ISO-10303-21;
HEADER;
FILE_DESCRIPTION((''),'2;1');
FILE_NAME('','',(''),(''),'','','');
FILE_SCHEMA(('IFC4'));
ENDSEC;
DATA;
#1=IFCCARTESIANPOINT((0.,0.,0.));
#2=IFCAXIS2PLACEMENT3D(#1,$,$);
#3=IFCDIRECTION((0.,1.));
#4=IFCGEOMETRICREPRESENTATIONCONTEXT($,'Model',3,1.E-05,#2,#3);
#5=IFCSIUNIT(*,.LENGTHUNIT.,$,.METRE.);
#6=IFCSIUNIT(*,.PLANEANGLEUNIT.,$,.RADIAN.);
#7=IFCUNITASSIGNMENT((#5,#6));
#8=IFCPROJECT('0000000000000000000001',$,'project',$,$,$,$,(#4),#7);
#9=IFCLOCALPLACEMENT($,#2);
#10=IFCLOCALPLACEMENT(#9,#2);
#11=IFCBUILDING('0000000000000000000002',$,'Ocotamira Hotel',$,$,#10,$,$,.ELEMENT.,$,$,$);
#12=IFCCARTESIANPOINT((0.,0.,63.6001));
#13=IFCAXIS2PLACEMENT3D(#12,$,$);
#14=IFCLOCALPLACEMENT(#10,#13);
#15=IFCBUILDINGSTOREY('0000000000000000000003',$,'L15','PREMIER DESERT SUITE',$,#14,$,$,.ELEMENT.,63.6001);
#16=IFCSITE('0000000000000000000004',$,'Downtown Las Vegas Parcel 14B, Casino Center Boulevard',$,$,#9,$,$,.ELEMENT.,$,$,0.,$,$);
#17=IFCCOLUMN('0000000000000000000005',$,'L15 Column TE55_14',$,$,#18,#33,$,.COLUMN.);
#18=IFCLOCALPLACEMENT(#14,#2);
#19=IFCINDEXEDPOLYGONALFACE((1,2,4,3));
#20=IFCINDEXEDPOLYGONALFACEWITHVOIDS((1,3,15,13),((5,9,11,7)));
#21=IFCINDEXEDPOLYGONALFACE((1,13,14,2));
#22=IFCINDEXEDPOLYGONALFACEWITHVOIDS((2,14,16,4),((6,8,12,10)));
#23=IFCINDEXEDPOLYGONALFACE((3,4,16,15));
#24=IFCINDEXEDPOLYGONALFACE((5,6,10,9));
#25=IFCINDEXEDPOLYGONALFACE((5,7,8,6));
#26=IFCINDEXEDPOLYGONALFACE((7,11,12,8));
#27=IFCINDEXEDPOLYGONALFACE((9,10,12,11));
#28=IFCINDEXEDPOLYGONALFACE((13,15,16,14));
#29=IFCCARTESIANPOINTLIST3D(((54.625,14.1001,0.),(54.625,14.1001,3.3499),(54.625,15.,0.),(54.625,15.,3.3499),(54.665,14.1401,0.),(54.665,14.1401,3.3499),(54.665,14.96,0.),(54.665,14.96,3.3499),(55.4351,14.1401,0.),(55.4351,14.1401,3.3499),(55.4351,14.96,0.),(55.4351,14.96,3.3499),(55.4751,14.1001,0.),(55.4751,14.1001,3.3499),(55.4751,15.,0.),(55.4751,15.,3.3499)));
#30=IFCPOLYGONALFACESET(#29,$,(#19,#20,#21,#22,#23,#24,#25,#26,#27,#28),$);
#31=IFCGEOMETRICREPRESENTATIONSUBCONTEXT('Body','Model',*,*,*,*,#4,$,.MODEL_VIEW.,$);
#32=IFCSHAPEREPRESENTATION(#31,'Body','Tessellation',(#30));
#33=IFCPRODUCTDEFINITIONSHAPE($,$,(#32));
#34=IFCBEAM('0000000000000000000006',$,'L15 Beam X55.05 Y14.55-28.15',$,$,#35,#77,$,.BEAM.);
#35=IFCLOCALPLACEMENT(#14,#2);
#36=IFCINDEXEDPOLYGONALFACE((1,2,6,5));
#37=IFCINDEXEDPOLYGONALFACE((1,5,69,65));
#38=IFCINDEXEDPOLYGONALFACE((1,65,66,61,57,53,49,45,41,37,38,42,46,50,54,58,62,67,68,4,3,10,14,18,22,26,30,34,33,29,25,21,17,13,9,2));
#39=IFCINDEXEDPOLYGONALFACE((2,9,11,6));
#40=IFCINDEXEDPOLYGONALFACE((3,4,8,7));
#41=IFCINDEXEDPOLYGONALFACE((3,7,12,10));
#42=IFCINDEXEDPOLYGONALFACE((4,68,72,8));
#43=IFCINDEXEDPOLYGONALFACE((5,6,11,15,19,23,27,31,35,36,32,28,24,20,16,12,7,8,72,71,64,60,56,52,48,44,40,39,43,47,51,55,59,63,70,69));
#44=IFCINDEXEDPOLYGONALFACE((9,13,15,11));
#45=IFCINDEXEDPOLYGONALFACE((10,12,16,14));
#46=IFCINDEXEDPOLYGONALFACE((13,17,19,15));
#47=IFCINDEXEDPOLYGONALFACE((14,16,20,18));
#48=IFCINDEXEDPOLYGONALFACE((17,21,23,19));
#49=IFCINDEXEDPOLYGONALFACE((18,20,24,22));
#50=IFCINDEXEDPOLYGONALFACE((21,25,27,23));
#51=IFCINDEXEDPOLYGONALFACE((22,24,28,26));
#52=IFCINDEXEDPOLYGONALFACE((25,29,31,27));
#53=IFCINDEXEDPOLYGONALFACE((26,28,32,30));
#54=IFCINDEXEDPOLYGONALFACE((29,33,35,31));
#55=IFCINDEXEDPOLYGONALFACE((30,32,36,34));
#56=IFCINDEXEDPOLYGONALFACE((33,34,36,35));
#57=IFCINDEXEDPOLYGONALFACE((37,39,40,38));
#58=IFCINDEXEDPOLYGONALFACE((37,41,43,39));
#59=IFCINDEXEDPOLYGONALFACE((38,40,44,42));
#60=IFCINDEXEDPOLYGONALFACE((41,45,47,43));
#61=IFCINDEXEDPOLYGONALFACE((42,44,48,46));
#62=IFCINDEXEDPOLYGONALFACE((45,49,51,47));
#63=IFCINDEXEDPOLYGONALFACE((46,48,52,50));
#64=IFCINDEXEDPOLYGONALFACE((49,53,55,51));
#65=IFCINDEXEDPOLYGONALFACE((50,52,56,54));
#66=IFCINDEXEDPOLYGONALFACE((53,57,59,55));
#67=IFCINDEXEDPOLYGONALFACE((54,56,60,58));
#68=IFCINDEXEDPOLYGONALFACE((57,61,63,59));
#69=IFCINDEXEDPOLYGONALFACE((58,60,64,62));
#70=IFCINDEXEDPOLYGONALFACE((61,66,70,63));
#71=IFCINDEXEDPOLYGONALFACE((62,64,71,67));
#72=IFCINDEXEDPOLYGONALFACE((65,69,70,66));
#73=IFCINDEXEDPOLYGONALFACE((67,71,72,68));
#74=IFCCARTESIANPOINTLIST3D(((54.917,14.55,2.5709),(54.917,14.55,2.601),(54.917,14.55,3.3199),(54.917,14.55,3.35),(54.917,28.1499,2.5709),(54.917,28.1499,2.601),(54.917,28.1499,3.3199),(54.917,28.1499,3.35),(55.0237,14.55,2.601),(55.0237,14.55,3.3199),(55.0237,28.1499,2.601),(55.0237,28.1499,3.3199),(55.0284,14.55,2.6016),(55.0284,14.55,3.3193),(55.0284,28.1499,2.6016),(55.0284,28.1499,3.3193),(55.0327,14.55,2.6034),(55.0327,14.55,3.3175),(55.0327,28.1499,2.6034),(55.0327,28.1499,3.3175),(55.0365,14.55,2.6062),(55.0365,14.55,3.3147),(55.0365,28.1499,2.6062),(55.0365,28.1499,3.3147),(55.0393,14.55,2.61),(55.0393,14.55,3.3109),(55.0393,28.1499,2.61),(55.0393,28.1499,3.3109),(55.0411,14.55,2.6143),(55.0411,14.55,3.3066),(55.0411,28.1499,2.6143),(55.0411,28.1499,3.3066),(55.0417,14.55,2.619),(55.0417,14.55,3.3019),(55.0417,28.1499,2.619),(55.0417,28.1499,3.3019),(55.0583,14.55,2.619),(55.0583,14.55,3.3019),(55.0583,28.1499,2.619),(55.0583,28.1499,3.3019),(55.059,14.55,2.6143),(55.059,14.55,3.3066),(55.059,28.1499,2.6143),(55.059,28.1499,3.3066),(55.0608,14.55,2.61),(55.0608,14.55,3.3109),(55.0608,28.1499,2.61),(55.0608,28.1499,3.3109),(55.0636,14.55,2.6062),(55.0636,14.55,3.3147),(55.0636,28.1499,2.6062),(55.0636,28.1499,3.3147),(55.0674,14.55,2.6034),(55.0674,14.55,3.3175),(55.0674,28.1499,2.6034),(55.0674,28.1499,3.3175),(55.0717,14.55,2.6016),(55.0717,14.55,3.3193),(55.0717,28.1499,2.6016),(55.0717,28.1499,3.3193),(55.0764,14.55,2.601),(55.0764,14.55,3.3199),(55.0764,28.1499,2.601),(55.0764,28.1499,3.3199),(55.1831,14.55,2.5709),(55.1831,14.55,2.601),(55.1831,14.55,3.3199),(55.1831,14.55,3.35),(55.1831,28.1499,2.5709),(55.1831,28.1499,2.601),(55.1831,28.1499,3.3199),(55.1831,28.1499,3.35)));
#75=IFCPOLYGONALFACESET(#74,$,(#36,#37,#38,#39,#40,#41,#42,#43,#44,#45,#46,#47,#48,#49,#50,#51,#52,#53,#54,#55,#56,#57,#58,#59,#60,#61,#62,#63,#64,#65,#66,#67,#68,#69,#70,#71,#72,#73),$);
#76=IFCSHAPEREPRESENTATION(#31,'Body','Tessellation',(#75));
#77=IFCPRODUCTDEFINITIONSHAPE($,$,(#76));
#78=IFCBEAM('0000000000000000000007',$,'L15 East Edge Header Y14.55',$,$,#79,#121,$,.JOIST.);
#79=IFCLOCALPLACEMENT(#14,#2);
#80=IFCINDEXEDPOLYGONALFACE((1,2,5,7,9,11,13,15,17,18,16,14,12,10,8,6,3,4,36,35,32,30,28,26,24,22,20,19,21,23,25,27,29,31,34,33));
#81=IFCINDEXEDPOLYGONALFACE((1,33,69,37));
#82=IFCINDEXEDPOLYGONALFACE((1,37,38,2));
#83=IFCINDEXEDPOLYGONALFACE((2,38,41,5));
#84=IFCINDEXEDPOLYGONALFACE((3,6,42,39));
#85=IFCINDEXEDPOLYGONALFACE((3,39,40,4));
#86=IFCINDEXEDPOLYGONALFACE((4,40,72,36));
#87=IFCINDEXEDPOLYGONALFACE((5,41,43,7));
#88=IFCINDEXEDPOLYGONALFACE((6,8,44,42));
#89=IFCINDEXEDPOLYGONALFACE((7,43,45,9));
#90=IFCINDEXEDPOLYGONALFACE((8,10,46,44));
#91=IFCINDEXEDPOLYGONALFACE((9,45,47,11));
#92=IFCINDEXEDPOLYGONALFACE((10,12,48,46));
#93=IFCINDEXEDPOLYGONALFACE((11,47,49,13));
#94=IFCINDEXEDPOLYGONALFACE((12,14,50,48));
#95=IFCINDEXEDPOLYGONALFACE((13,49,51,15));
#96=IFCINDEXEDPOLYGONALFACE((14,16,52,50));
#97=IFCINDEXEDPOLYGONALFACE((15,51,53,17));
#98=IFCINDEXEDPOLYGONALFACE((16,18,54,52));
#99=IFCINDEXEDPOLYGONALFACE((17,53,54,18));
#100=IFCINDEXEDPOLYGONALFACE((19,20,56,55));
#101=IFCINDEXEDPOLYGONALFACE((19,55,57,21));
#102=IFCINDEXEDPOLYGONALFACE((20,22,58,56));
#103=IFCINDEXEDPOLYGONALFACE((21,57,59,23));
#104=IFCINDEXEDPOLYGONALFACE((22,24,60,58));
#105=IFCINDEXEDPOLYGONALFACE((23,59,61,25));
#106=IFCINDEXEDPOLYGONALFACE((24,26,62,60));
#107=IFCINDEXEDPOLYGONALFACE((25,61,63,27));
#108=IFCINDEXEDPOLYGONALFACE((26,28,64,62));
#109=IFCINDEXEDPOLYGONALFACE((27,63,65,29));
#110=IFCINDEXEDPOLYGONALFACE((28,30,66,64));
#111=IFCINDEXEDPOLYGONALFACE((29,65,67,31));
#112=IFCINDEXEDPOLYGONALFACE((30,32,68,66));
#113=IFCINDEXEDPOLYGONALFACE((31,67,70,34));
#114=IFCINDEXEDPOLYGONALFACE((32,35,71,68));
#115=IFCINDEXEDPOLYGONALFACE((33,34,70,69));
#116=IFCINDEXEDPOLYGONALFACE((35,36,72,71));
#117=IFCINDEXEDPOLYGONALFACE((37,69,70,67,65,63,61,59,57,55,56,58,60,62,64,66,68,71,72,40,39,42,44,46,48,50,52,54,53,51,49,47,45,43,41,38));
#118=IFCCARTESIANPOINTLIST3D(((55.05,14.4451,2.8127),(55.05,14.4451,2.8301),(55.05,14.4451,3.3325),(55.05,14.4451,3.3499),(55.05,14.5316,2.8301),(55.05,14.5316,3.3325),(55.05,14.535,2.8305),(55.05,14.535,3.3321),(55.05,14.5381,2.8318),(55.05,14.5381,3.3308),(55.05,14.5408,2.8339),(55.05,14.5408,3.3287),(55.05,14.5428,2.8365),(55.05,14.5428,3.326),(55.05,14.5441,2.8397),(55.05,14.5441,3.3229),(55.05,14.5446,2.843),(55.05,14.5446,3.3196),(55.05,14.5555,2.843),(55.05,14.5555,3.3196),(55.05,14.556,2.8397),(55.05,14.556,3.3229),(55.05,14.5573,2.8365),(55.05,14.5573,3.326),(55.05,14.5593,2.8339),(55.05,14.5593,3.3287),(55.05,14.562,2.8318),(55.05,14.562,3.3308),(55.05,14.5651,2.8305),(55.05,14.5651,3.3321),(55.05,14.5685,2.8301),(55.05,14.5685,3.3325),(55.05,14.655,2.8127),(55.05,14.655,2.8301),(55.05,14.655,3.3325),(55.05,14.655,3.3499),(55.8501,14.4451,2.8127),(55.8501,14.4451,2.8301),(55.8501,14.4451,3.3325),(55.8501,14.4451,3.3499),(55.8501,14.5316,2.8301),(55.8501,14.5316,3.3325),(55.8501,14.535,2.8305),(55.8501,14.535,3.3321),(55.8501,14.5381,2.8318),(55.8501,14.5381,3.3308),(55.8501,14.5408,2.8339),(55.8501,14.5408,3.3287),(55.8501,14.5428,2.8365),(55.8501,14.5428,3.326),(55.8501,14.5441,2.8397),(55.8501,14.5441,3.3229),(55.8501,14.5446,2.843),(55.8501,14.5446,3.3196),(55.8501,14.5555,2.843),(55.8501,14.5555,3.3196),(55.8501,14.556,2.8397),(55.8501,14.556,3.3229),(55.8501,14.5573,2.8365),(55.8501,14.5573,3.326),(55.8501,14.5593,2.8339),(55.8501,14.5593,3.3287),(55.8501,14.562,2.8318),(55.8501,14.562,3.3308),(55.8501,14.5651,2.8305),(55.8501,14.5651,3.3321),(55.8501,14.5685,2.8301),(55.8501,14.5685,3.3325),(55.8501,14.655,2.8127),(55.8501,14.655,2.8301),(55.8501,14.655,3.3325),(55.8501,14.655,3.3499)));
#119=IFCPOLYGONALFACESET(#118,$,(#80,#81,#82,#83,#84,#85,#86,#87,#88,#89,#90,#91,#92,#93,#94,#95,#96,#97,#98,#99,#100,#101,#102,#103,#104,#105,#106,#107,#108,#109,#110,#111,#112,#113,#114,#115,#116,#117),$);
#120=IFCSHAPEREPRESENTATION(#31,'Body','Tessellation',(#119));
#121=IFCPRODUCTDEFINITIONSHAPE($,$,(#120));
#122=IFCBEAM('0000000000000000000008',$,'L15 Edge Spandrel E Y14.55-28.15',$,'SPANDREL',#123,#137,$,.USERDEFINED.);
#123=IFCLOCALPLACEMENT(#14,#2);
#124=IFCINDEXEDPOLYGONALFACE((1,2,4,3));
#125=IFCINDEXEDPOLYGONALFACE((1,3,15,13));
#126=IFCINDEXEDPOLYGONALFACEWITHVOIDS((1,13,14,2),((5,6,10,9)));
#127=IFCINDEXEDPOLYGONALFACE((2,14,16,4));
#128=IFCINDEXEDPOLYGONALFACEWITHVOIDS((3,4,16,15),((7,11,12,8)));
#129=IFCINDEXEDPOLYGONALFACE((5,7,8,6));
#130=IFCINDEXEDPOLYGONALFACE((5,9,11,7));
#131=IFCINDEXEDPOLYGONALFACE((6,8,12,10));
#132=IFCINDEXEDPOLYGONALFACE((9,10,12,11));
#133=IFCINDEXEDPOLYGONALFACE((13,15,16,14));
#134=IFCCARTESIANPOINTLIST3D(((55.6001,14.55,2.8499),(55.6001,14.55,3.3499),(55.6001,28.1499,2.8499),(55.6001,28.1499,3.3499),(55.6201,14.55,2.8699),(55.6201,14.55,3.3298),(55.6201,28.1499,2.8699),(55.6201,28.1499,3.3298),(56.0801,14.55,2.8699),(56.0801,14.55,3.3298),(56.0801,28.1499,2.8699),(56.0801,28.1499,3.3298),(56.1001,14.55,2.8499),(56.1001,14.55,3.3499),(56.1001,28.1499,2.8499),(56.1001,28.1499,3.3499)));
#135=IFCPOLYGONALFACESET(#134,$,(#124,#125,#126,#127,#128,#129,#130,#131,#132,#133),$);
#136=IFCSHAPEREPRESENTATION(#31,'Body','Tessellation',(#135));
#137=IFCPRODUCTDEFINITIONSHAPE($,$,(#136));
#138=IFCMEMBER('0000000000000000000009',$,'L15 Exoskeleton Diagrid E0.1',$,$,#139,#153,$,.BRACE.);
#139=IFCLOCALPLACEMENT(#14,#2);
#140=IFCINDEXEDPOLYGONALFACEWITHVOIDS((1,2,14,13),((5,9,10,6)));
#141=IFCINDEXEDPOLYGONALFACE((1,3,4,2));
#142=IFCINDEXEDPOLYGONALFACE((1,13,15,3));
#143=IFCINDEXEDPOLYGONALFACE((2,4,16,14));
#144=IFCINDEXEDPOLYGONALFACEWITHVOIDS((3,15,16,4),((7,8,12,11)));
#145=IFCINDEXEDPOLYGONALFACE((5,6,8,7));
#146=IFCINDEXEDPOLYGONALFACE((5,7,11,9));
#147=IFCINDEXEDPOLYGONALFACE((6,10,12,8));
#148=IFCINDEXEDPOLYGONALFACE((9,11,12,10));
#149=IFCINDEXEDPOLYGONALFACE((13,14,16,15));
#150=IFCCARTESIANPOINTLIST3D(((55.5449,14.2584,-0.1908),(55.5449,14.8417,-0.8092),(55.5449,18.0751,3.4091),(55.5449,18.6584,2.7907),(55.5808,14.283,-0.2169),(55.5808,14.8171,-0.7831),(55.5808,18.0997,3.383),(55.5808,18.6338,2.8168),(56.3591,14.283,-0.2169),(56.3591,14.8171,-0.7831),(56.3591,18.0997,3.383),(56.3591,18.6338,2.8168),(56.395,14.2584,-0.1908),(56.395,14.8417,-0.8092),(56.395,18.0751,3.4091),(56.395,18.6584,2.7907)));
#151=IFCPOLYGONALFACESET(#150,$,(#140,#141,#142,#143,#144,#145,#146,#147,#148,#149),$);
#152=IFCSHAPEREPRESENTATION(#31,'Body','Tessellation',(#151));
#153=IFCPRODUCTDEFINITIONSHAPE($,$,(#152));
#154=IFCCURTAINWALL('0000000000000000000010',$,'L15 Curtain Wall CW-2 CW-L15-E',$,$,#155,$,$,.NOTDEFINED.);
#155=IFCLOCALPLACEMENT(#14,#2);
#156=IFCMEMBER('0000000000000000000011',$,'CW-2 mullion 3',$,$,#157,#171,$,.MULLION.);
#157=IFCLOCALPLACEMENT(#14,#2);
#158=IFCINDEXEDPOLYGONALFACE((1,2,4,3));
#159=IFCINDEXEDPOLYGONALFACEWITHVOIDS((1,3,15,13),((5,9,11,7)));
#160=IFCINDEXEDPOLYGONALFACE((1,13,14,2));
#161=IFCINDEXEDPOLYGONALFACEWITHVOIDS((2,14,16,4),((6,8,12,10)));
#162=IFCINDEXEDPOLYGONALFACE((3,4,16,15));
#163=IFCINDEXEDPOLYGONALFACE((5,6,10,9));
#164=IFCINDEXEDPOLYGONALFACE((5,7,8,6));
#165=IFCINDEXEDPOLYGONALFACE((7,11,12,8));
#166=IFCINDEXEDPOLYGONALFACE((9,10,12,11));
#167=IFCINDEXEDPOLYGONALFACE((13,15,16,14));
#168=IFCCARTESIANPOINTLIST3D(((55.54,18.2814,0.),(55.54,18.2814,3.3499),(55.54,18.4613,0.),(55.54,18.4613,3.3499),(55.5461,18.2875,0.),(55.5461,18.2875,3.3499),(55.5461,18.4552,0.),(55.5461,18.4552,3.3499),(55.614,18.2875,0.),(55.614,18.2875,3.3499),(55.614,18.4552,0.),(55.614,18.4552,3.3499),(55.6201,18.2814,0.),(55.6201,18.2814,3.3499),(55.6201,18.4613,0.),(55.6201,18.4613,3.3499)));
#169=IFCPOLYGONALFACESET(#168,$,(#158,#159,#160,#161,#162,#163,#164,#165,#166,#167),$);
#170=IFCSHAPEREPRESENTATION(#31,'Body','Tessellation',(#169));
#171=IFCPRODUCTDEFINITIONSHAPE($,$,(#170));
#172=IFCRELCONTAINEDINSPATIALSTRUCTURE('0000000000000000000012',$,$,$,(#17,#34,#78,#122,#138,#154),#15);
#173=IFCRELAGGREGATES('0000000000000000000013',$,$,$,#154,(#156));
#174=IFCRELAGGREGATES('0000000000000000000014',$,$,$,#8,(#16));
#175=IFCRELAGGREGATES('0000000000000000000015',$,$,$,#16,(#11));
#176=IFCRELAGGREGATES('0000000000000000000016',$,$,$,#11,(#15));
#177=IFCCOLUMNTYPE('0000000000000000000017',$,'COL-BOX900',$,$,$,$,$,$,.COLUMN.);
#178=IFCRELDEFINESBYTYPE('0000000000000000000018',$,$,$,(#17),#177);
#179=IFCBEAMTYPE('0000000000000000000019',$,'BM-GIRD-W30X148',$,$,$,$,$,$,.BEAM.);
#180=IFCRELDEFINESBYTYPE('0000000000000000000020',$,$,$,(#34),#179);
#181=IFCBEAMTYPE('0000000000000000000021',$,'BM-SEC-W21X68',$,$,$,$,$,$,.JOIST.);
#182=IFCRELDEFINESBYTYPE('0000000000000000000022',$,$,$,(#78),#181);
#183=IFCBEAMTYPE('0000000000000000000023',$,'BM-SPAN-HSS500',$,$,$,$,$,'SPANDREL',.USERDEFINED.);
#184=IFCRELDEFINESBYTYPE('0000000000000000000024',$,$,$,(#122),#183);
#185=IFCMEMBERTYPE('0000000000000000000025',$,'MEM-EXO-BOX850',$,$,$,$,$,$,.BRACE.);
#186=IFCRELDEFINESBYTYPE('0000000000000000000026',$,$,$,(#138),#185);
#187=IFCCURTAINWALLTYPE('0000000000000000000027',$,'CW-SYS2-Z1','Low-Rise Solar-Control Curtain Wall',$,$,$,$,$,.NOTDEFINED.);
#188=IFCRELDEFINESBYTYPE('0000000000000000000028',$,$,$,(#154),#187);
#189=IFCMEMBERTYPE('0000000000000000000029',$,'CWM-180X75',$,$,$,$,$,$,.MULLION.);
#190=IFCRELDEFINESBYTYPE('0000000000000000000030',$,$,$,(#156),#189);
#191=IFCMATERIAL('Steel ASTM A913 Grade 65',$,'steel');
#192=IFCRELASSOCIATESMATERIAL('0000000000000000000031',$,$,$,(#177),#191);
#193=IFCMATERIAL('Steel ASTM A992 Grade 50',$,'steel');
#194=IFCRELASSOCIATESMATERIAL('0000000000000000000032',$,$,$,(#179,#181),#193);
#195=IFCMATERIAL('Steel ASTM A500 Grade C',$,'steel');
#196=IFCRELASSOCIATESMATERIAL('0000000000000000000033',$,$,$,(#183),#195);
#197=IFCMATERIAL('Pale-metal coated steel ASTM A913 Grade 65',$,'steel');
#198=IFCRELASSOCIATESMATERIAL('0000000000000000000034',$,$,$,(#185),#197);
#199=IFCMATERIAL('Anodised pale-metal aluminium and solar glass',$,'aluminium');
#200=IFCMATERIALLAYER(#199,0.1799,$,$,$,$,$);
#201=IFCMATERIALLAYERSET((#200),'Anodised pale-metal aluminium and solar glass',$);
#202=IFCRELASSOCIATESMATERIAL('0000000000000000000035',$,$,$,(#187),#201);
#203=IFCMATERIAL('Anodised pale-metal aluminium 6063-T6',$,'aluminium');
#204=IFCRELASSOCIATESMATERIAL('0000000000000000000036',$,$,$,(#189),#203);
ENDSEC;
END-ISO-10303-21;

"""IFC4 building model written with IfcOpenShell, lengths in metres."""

from ifc_helpers import new_model, si_unit, direction, frame, origin, origin_2d, place, context, subcontext, project, spatial, hollow_rectangle, i_section, extrude, source, transform, mapped, material, layer, layer_set, material_profile, profile_set, type_object, element, aggregate, save


model = new_model("IFC4")

# Units and contexts
model_context = context("Model", 3, precision=1e-05, world=origin(), true_north=direction((0.0, 1.0)))
body_context = subcontext(model_context, "Body", "Model", "MODEL_VIEW")
ifc_project = project(units=[si_unit("LENGTHUNIT", "METRE"), si_unit("PLANEANGLEUNIT", "RADIAN")], contexts=[model_context])

# Site, building, storey
site_placement = place(None, origin())
site = spatial("IfcSite", under=ifc_project, at=site_placement, Name="Downtown Las Vegas Parcel 14B, Casino Center Boulevard", CompositionType="ELEMENT", RefElevation=0.0)
building_placement = place(site_placement, origin())
building = spatial("IfcBuilding", under=site, at=building_placement, Name="Ocotamira Hotel", CompositionType="ELEMENT")
storey_placement = place(building_placement, frame((0.0, 0.0, 63.6001)))
storey = spatial("IfcBuildingStorey", under=building, at=storey_placement, Name="L15", Description="PREMIER DESERT SUITE", CompositionType="ELEMENT", Elevation=63.6001)

# Column
ifc_material_1 = material(Name="Steel ASTM A913 Grade 65", Category="steel")
ifc_material_profile_1 = material_profile(ifc_material_1, hollow_rectangle(XDim=0.8501, YDim=0.8999, WallThickness=0.04, at=origin_2d()), Name="BOX900X850X40")
ifc_profile_set_1 = profile_set([ifc_material_profile_1], Name="Steel ASTM A913 Grade 65")
column_type = type_object("IfcColumnType", Name="COL-BOX900", PredefinedType="COLUMN", material=ifc_profile_set_1)
shared_shape_1 = source(origin(), body_context, "Body", "SweptSolid", [
    extrude(hollow_rectangle(XDim=0.8501, YDim=0.8999, WallThickness=0.04, at=origin_2d()), origin(), (0.0, 0.0, 1.0), 3.3499),
])
column_placement = place(storey_placement, frame((55.05, 14.55, 0.0), z_axis=(0.0, 0.0, 1.0), x_axis=(1.0, 0.0, 0.0)))
element("IfcColumn", 1, at=column_placement, inside=storey, type_object=column_type, Name="L15 Column TE55_14", PredefinedType="COLUMN", context=body_context, shape_type="MappedRepresentation", body=[
    mapped(shared_shape_1, transform((0.0, 0.0, 0.0), scale=1.0)),
])

# Beams
ifc_material_2 = material(Name="Steel ASTM A992 Grade 50", Category="steel")
ifc_material_profile_2 = material_profile(ifc_material_2, i_section(OverallWidth=0.2661, OverallDepth=0.7791, WebThickness=0.0166, FlangeThickness=0.03, FilletRadius=0.0181, at=origin_2d()), Name="W30X148")
ifc_profile_set_2 = profile_set([ifc_material_profile_2], Name="Steel ASTM A992 Grade 50")
beam_type_1 = type_object("IfcBeamType", Name="BM-GIRD-W30X148", PredefinedType="BEAM", material=ifc_profile_set_2)
shared_shape_2 = source(origin(), body_context, "Body", "SweptSolid", [
    extrude(i_section(OverallWidth=0.2661, OverallDepth=0.7791, WebThickness=0.0166, FlangeThickness=0.03, FilletRadius=0.0181, at=origin_2d()), origin(), (0.0, 0.0, 1.0), 13.5999),
])
beam_1_placement = place(storey_placement, frame((55.05, 14.55, 2.9604), z_axis=(0.0, 1.0, 0.0), x_axis=(-1.0, 0.0, 0.0)))
element("IfcBeam", 2, at=beam_1_placement, inside=storey, type_object=beam_type_1, Name="L15 Beam X55.05 Y14.55-28.15", PredefinedType="BEAM", context=body_context, shape_type="MappedRepresentation", body=[
    mapped(shared_shape_2, transform((0.0, 0.0, 0.0), scale=1.0)),
])
ifc_material_profile_3 = material_profile(ifc_material_2, i_section(OverallWidth=0.21, OverallDepth=0.5371, WebThickness=0.011, FlangeThickness=0.0173, FilletRadius=0.0129, at=origin_2d()), Name="W21X68")
ifc_profile_set_3 = profile_set([ifc_material_profile_3], Name="Steel ASTM A992 Grade 50")
beam_type_2 = type_object("IfcBeamType", Name="BM-SEC-W21X68", PredefinedType="JOIST", material=ifc_profile_set_3)
shared_shape_3 = source(origin(), body_context, "Body", "SweptSolid", [
    extrude(i_section(OverallWidth=0.21, OverallDepth=0.5371, WebThickness=0.011, FlangeThickness=0.0173, FilletRadius=0.0129, at=origin_2d()), origin(), (0.0, 0.0, 1.0), 0.8),
])
beam_2_placement = place(storey_placement, frame((55.05, 14.55, 3.0813), z_axis=(1.0, 0.0, 0.0), x_axis=(0.0, 1.0, 0.0)))
element("IfcBeam", 3, at=beam_2_placement, inside=storey, type_object=beam_type_2, Name="L15 East Edge Header Y14.55", PredefinedType="JOIST", context=body_context, shape_type="MappedRepresentation", body=[
    mapped(shared_shape_3, transform((0.0, 0.0, 0.0), scale=1.0)),
])
ifc_material_3 = material(Name="Steel ASTM A500 Grade C", Category="steel")
ifc_material_profile_4 = material_profile(ifc_material_3, hollow_rectangle(XDim=0.5, YDim=0.5, WallThickness=0.02, at=origin_2d()), Name="HSS500X500X20")
ifc_profile_set_4 = profile_set([ifc_material_profile_4], Name="Steel ASTM A500 Grade C")
beam_type_3 = type_object("IfcBeamType", Name="BM-SPAN-HSS500", ElementType="SPANDREL", PredefinedType="USERDEFINED", material=ifc_profile_set_4)
shared_shape_4 = source(origin(), body_context, "Body", "SweptSolid", [
    extrude(hollow_rectangle(XDim=0.5, YDim=0.5, WallThickness=0.02, at=origin_2d()), origin(), (0.0, 0.0, 1.0), 13.5999),
])
beam_3_placement = place(storey_placement, frame((55.8501, 14.55, 3.0999), z_axis=(0.0, 1.0, 0.0), x_axis=(-1.0, 0.0, 0.0)))
element("IfcBeam", 4, at=beam_3_placement, inside=storey, type_object=beam_type_3, Name="L15 Edge Spandrel E Y14.55-28.15", ObjectType="SPANDREL", PredefinedType="USERDEFINED", context=body_context, shape_type="MappedRepresentation", body=[
    mapped(shared_shape_4, transform((0.0, 0.0, 0.0), scale=1.0)),
])

# Member
ifc_material_4 = material(Name="Pale-metal coated steel ASTM A913 Grade 65", Category="steel")
ifc_material_profile_5 = material_profile(ifc_material_4, hollow_rectangle(XDim=0.8501, YDim=0.8501, WallThickness=0.0359, at=origin_2d()), Name="BOX850X850X36")
ifc_profile_set_5 = profile_set([ifc_material_profile_5], Name="Pale-metal coated steel ASTM A913 Grade 65")
member_type_1 = type_object("IfcMemberType", Name="MEM-EXO-BOX850", PredefinedType="BRACE", material=ifc_profile_set_5)
shared_shape_5 = source(origin(), body_context, "Body", "SweptSolid", [
    extrude(hollow_rectangle(XDim=0.8501, YDim=0.8501, WallThickness=0.0359, at=origin_2d()), origin(), (0.0, 0.0, 1.0), 5.2466),
])
member_1_placement = place(storey_placement, frame((55.97, 14.55, -0.5), z_axis=(0.0, 0.727466, 0.686144), x_axis=(-1.0, 0.0, 0.0)))
element("IfcMember", 5, at=member_1_placement, inside=storey, type_object=member_type_1, Name="L15 Exoskeleton Diagrid E0.1", PredefinedType="BRACE", context=body_context, shape_type="MappedRepresentation", body=[
    mapped(shared_shape_5, transform((0.0, 0.0, 0.0), scale=1.0)),
])

# Curtain wall, member
ifc_material_5 = material(Name="Anodised pale-metal aluminium and solar glass", Category="aluminium")
ifc_layer_1 = layer(ifc_material_5, 0.1799)
ifc_layer_set_1 = layer_set([ifc_layer_1], Name="Anodised pale-metal aluminium and solar glass")
curtain_wall_type = type_object("IfcCurtainWallType", Name="CW-SYS2-Z1", Description="Low-Rise Solar-Control Curtain Wall", PredefinedType="NOTDEFINED", material=ifc_layer_set_1)
curtain_wall_placement = place(storey_placement, origin())
curtain_wall = element("IfcCurtainWall", 6, at=curtain_wall_placement, inside=storey, type_object=curtain_wall_type, Name="L15 Curtain Wall CW-2 CW-L15-E", PredefinedType="NOTDEFINED")
ifc_material_6 = material(Name="Anodised pale-metal aluminium 6063-T6", Category="aluminium")
ifc_material_profile_6 = material_profile(ifc_material_6, hollow_rectangle(XDim=0.0801, YDim=0.1799, WallThickness=0.0061, at=origin_2d()), Name="HSS180X80X6")
ifc_profile_set_6 = profile_set([ifc_material_profile_6], Name="Anodised pale-metal aluminium 6063-T6")
member_type_2 = type_object("IfcMemberType", Name="CWM-180X75", PredefinedType="MULLION", material=ifc_profile_set_6)
shared_shape_6 = source(origin(), body_context, "Body", "SweptSolid", [
    extrude(hollow_rectangle(XDim=0.0801, YDim=0.1799, WallThickness=0.0061, at=origin_2d()), origin(), (0.0, 0.0, 1.0), 3.3499),
])
member_2_placement = place(storey_placement, frame((55.5801, 18.3713, 0.0), z_axis=(0.0, 0.0, 1.0), x_axis=(-1.0, 0.0, 0.0)))
member_2 = element("IfcMember", 7, at=member_2_placement, type_object=member_type_2, Name="CW-2 mullion 3", PredefinedType="MULLION", context=body_context, shape_type="MappedRepresentation", body=[
    mapped(shared_shape_6, transform((0.0, 0.0, 0.0), scale=1.0)),
])

aggregate(curtain_wall, [member_2])

save(model, "model.ifc")
